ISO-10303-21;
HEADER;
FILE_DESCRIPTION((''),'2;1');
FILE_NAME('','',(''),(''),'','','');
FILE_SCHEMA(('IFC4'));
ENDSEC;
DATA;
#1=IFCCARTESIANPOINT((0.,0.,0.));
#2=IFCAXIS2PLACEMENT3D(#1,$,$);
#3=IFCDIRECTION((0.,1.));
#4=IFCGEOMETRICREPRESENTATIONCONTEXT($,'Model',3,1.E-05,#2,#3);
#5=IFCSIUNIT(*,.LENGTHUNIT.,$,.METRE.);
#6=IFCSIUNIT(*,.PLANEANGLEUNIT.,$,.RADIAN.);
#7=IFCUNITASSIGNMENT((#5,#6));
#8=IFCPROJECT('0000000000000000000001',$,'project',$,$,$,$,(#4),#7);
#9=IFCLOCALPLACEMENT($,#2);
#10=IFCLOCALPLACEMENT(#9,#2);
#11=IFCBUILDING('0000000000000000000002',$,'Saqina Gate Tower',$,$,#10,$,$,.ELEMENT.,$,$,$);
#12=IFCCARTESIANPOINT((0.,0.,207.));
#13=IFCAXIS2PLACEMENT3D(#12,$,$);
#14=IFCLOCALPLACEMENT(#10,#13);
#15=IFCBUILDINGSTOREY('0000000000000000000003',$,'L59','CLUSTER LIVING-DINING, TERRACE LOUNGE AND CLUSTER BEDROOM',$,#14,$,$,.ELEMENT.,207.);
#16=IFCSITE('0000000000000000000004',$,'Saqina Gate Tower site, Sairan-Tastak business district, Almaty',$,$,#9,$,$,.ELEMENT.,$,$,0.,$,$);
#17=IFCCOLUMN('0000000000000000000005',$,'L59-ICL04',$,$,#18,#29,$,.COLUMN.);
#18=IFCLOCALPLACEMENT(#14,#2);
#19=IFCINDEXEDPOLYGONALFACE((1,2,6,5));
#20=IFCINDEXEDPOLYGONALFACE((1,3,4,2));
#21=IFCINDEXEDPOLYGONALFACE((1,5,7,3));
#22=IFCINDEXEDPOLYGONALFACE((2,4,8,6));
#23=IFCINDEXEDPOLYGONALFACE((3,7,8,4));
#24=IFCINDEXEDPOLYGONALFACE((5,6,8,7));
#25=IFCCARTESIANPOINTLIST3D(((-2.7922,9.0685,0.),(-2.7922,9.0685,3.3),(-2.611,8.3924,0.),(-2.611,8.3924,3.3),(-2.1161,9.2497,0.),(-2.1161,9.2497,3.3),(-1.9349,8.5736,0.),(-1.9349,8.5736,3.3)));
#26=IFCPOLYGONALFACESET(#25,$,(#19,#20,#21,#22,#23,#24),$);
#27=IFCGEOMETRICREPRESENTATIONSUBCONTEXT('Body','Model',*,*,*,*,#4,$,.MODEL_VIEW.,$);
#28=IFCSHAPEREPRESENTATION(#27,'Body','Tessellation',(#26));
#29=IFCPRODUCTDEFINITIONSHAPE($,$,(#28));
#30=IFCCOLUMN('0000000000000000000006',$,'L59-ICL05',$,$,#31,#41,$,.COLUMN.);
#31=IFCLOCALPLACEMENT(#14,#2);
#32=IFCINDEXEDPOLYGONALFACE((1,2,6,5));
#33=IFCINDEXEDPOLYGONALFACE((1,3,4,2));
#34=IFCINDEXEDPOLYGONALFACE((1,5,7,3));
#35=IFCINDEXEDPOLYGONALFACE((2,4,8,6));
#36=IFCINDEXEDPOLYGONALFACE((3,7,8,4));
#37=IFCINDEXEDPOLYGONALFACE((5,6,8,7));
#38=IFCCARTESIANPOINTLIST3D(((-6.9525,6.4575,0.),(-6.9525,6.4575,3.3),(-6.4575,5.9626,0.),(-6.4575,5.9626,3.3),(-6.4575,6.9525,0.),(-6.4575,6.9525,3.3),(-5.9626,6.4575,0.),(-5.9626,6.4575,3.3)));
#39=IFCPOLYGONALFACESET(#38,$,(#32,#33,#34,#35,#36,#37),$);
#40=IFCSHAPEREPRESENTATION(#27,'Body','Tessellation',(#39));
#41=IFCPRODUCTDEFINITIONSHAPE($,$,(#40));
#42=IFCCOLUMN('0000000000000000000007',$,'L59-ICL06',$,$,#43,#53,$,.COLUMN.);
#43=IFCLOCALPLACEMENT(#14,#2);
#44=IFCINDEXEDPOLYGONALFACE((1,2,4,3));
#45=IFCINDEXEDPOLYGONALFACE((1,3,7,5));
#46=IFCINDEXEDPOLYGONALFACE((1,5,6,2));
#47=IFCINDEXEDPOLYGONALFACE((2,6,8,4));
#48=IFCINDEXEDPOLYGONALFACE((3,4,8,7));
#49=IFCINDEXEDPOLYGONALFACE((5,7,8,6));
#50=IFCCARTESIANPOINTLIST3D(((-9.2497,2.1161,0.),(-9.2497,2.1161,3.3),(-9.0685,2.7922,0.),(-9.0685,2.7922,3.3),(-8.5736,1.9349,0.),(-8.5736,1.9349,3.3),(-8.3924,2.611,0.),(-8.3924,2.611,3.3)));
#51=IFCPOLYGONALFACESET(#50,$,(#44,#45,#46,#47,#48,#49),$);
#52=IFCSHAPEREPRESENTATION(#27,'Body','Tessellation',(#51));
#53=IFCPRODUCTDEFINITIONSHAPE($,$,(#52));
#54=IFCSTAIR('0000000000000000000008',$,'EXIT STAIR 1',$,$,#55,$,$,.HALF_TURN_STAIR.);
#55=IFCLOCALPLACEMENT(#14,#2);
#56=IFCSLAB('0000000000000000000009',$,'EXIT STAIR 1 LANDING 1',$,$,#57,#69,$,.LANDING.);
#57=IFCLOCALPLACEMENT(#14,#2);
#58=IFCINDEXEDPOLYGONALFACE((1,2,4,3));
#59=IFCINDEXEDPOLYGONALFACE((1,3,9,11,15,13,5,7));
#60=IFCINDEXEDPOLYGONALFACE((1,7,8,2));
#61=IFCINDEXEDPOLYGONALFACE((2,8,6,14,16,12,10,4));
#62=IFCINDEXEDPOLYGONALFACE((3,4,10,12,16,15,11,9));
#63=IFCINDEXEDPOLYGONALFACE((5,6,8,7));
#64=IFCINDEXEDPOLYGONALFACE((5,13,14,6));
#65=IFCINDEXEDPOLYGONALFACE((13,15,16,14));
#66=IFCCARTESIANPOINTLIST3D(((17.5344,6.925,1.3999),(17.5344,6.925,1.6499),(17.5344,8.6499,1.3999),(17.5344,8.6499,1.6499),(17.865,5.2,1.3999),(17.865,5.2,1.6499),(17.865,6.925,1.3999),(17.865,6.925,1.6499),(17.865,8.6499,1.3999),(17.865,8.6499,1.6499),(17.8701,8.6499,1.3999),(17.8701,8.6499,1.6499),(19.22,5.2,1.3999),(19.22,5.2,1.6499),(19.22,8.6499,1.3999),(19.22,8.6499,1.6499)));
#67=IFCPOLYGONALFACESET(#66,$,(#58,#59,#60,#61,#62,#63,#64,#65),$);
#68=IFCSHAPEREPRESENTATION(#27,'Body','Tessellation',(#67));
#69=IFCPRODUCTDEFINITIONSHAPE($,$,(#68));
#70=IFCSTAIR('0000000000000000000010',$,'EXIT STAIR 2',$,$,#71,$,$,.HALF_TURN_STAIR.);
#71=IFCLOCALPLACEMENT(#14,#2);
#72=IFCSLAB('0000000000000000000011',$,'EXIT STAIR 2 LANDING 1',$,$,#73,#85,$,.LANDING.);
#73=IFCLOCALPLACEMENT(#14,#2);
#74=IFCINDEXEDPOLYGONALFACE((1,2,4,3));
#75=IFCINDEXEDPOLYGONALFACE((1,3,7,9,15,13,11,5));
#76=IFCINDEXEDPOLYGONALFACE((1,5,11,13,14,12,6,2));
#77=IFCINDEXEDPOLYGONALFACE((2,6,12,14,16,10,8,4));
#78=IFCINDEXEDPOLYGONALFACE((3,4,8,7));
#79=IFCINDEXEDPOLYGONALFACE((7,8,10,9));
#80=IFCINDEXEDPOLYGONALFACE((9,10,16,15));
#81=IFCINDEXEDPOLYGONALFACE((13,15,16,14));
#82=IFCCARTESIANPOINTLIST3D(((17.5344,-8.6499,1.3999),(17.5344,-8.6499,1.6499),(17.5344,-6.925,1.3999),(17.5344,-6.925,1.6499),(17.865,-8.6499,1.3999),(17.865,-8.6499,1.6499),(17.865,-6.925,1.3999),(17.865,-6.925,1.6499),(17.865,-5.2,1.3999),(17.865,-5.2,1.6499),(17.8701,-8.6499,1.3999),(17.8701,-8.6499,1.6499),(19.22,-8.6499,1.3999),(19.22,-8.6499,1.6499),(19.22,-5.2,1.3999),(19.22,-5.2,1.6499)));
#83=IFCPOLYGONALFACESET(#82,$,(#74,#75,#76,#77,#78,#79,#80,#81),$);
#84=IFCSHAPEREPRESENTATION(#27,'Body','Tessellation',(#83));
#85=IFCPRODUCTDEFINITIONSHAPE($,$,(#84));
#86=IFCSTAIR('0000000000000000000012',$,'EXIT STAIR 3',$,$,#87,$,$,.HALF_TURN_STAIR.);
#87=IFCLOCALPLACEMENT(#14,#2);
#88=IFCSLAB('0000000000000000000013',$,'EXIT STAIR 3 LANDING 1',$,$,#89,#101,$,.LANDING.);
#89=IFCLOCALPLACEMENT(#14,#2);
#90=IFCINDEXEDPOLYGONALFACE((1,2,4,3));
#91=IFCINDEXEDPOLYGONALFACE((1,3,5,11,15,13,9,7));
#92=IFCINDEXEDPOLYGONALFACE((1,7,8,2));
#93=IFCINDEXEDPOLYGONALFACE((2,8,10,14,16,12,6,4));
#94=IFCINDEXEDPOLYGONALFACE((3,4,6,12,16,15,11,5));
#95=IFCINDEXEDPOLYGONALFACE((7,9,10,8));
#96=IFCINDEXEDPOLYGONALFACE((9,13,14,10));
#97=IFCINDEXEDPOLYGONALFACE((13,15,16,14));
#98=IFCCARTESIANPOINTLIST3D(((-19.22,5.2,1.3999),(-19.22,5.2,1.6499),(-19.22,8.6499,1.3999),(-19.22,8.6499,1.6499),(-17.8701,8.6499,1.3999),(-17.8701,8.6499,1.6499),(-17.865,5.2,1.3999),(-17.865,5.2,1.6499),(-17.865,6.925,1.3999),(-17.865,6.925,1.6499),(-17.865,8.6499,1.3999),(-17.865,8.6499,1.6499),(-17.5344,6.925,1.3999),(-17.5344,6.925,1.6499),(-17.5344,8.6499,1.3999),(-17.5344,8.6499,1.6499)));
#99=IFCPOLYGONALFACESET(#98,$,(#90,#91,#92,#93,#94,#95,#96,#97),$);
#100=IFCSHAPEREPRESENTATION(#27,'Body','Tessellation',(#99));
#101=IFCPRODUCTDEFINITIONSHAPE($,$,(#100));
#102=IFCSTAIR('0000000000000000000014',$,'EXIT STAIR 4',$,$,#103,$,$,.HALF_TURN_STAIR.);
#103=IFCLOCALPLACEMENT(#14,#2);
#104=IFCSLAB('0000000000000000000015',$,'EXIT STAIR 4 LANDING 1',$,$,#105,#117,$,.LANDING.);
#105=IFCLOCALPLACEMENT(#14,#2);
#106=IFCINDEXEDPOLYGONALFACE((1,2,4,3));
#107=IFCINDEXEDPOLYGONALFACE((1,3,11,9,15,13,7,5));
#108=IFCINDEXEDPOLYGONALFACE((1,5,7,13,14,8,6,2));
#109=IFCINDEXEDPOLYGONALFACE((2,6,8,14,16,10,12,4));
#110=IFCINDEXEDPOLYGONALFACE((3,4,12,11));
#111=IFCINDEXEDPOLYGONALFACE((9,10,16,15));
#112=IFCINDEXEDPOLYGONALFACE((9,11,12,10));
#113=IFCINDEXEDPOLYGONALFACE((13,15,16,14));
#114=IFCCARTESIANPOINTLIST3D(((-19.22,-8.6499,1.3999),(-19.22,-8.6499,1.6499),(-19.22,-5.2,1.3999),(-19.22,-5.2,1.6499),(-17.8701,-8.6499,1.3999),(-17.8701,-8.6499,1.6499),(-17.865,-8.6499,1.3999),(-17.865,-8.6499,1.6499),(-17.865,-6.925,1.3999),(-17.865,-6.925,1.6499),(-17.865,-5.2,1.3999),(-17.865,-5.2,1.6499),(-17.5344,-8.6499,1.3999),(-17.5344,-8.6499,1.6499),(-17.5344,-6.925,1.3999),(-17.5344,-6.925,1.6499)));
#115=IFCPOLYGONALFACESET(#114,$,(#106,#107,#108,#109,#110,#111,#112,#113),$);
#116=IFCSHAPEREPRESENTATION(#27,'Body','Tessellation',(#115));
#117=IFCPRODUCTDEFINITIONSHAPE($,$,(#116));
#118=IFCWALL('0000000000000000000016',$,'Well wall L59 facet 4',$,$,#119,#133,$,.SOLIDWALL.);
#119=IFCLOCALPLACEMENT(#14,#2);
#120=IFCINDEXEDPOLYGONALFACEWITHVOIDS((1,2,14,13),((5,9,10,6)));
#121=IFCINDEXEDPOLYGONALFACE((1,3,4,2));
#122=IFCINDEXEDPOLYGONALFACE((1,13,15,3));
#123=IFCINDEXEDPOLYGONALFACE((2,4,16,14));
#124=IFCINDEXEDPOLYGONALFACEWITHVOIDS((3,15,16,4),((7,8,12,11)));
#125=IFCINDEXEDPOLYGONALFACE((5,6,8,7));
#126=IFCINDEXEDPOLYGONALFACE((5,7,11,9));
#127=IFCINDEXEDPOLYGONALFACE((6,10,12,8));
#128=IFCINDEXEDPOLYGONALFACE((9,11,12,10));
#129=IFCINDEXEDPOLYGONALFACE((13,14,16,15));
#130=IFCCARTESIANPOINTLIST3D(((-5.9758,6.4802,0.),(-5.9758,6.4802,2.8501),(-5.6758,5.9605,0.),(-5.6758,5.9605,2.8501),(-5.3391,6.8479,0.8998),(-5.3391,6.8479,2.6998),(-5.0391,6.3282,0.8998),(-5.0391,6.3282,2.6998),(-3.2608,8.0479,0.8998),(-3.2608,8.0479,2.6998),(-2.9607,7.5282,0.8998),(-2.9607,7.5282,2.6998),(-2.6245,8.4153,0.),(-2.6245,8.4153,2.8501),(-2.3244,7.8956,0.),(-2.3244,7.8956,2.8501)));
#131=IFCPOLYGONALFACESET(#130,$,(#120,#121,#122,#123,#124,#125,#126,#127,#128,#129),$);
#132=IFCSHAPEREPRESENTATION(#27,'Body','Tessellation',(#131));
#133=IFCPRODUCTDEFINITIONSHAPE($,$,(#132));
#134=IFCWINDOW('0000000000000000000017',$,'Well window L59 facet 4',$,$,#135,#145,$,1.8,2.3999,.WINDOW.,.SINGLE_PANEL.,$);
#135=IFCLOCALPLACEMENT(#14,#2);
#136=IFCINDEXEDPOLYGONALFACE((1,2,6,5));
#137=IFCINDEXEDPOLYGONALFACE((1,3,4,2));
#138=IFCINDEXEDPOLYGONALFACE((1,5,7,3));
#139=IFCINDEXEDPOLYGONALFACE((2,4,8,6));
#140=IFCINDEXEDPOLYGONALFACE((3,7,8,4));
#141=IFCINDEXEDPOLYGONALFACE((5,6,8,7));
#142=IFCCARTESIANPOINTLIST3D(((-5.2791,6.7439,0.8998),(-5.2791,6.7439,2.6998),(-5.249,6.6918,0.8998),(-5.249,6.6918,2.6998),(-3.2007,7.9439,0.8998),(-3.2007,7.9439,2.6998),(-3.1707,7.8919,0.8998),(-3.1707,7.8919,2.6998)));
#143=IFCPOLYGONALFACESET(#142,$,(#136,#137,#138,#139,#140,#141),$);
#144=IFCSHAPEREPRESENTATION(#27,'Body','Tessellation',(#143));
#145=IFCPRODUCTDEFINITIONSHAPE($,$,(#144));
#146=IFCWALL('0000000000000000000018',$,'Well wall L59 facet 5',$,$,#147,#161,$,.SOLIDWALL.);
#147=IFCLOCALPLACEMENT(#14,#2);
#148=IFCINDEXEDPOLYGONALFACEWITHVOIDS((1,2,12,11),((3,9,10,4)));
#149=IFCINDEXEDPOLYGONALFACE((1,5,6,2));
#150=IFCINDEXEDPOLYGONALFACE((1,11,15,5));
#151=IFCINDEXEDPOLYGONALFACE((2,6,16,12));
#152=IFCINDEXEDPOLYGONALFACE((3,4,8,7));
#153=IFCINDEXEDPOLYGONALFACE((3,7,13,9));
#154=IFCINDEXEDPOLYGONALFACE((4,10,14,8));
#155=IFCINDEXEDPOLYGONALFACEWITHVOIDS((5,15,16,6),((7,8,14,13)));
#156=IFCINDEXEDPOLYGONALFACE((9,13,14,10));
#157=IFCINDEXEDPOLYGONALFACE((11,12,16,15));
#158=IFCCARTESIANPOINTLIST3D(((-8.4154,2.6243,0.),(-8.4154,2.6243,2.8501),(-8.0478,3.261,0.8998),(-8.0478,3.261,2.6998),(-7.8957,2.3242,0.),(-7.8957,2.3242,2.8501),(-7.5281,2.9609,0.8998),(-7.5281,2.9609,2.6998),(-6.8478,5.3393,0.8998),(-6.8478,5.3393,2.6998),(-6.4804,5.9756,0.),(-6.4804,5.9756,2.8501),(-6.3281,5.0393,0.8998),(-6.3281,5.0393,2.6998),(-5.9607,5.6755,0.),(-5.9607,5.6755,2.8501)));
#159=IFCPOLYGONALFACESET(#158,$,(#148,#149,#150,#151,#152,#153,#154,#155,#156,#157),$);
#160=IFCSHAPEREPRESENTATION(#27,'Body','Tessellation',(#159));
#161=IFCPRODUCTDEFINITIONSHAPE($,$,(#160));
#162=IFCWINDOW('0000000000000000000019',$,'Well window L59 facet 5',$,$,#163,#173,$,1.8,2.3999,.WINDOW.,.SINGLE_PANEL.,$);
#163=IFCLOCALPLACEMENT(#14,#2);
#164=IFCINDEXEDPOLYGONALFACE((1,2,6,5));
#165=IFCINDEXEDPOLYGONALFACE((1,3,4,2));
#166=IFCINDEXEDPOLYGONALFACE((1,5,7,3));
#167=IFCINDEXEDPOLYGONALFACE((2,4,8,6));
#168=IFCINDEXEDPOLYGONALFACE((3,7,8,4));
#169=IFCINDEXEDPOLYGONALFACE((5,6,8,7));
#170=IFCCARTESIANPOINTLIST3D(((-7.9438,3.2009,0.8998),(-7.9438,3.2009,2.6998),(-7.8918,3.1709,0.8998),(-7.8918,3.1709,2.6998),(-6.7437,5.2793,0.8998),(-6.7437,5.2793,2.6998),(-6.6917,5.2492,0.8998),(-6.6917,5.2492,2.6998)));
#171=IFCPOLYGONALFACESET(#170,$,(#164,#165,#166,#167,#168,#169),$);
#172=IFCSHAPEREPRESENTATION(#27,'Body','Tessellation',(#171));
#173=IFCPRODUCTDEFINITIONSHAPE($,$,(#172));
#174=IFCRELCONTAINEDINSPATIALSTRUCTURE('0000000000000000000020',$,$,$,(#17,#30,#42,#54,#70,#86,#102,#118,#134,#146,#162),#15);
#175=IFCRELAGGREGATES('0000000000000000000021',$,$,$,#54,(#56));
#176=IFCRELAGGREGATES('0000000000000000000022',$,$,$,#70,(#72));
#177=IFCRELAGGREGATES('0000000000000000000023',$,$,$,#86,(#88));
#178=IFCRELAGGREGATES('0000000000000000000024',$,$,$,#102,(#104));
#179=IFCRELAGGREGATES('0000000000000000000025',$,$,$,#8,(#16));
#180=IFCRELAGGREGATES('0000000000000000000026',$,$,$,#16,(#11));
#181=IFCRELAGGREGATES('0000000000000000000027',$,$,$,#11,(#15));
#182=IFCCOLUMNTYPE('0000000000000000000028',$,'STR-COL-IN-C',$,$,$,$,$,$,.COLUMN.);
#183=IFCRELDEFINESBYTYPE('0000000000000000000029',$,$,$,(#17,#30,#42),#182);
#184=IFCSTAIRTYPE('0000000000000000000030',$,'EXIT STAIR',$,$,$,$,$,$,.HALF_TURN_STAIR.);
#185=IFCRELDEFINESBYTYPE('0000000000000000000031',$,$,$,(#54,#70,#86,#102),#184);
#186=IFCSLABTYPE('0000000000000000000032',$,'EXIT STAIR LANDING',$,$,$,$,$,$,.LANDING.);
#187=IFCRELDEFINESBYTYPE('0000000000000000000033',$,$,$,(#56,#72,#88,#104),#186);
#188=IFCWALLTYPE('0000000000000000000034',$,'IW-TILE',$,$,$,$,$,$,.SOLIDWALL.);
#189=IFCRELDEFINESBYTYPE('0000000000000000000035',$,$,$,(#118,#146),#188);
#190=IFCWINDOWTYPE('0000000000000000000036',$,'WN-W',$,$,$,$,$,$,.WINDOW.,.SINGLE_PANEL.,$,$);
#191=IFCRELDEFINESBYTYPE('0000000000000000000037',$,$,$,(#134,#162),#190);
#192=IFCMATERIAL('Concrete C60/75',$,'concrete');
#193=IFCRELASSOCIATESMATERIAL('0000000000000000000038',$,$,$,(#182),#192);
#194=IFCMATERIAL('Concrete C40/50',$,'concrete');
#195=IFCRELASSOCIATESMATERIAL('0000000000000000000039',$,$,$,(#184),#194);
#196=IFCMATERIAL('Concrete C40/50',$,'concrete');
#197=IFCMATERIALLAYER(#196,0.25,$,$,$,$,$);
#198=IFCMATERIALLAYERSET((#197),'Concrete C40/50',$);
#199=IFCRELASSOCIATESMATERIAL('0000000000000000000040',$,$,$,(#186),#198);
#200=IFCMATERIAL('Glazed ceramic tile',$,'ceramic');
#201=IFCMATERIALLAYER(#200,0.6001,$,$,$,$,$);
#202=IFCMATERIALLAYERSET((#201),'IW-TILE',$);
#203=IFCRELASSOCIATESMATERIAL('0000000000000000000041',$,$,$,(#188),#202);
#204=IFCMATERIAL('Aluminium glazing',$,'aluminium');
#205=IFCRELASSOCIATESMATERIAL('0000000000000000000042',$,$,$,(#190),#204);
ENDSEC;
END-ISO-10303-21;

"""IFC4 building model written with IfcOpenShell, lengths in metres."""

from ifc_helpers import new_model, si_unit, direction, frame, frame_2d, origin, origin_2d, place, context, subcontext, project, spatial, polyline, rectangle, outline, extrude, material, layer, layer_set, material_profile, profile_set, type_object, element, fill, aggregate, save


model = new_model("IFC4")

# Units and contexts
model_context = context("Model", 3, precision=1e-05, world=origin(), true_north=direction((0.0, 1.0)))
body_context = subcontext(model_context, "Body", "Model", "MODEL_VIEW")
ifc_project = project(units=[si_unit("LENGTHUNIT", "METRE"), si_unit("PLANEANGLEUNIT", "RADIAN")], contexts=[model_context])

# Site, building, storey
site_placement = place(None, origin())
site = spatial("IfcSite", under=ifc_project, at=site_placement, Name="Saqina Gate Tower site, Sairan-Tastak business district, Almaty", CompositionType="ELEMENT", RefElevation=0.0)
building_placement = place(site_placement, origin())
building = spatial("IfcBuilding", under=site, at=building_placement, Name="Saqina Gate Tower", CompositionType="ELEMENT")
storey_placement = place(building_placement, frame((0.0, 0.0, 207.0)))
storey = spatial("IfcBuildingStorey", under=building, at=storey_placement, Name="L59", Description="CLUSTER LIVING-DINING, TERRACE LOUNGE AND CLUSTER BEDROOM", CompositionType="ELEMENT", Elevation=207.0)

# Columns
ifc_material_1 = material(Name="Concrete C60/75", Category="concrete")
ifc_material_profile = material_profile(ifc_material_1, rectangle(XDim=0.7, YDim=0.7, at=origin_2d()), Name="RC 700x700")
ifc_profile_set = profile_set([ifc_material_profile], Name="Concrete C60/75")
column_type = type_object("IfcColumnType", Name="STR-COL-IN-C", PredefinedType="COLUMN", material=ifc_profile_set)
for number, where, z_axis, x_axis, name in (
    (1, (-2.3635, 8.821, 0.0), (0.0, 0.0, 1.0), (-0.258819, 0.965926, 0.0), "L59-ICL04"),
    (2, (-6.4575, 6.4575, 0.0), (0.0, 0.0, 1.0), (-0.707107, 0.707107, 0.0), "L59-ICL05"),
    (3, (-8.821, 2.3635, 0.0), (0.0, 0.0, 1.0), (-0.965926, 0.258819, 0.0), "L59-ICL06"),
):
    element("IfcColumn", number, at=place(storey_placement, frame(where, z_axis=z_axis, x_axis=x_axis)), inside=storey, type_object=column_type, Name=name, PredefinedType="COLUMN", context=body_context, shape_type="SweptSolid", body=[
        extrude(rectangle(XDim=0.7, YDim=0.7, at=origin_2d()), origin(), (0.0, 0.0, 1.0), 3.3),
    ])

# Stairs, slabs
ifc_material_2 = material(Name="Concrete C40/50", Category="concrete")
stair_type = type_object("IfcStairType", Name="EXIT STAIR", PredefinedType="HALF_TURN_STAIR", material=ifc_material_2)
stair_1_placement = place(storey_placement, origin())
stair_1 = element("IfcStair", 4, at=stair_1_placement, inside=storey, type_object=stair_type, Name="EXIT STAIR 1", PredefinedType="HALF_TURN_STAIR")
ifc_material_3 = material(Name="Concrete C40/50", Category="concrete")
ifc_layer_1 = layer(ifc_material_3, 0.25)
ifc_layer_set_1 = layer_set([ifc_layer_1], Name="Concrete C40/50")
slab_type = type_object("IfcSlabType", Name="EXIT STAIR LANDING", PredefinedType="LANDING", material=ifc_layer_set_1)
slab_1_placement = place(storey_placement, frame((0.0, 0.0, 1.3999)))
slab_1 = element("IfcSlab", 5, at=slab_1_placement, type_object=slab_type, Name="EXIT STAIR 1 LANDING 1", PredefinedType="LANDING", context=body_context, shape_type="SweptSolid", body=[
    extrude(outline(polyline([(19.22, 8.6499), (19.22, 5.2), (17.865, 5.2), (17.865, 6.925), (17.5344, 6.925), (17.5344, 8.6499), (17.865, 8.6499), (17.8701, 8.6499), (19.22, 8.6499)])), origin(), (0.0, 0.0, 1.0), 0.25),
])
aggregate(stair_1, [slab_1])
stair_2_placement = place(storey_placement, origin())
stair_2 = element("IfcStair", 6, at=stair_2_placement, inside=storey, type_object=stair_type, Name="EXIT STAIR 2", PredefinedType="HALF_TURN_STAIR")
slab_2_placement = place(storey_placement, frame((0.0, 0.0, 1.3999)))
slab_2 = element("IfcSlab", 7, at=slab_2_placement, type_object=slab_type, Name="EXIT STAIR 2 LANDING 1", PredefinedType="LANDING", context=body_context, shape_type="SweptSolid", body=[
    extrude(outline(polyline([(17.5344, -8.6499), (17.5344, -6.925), (17.865, -6.925), (17.865, -5.2), (19.22, -5.2), (19.22, -8.6499), (17.8701, -8.6499), (17.865, -8.6499), (17.5344, -8.6499)])), origin(), (0.0, 0.0, 1.0), 0.25),
])
aggregate(stair_2, [slab_2])
stair_3_placement = place(storey_placement, origin())
stair_3 = element("IfcStair", 8, at=stair_3_placement, inside=storey, type_object=stair_type, Name="EXIT STAIR 3", PredefinedType="HALF_TURN_STAIR")
slab_3_placement = place(storey_placement, frame((0.0, 0.0, 1.3999)))
slab_3 = element("IfcSlab", 9, at=slab_3_placement, type_object=slab_type, Name="EXIT STAIR 3 LANDING 1", PredefinedType="LANDING", context=body_context, shape_type="SweptSolid", body=[
    extrude(outline(polyline([(-17.865, 5.2), (-19.22, 5.2), (-19.22, 8.6499), (-17.8701, 8.6499), (-17.865, 8.6499), (-17.5344, 8.6499), (-17.5344, 6.925), (-17.865, 6.925), (-17.865, 5.2)])), origin(), (0.0, 0.0, 1.0), 0.25),
])
aggregate(stair_3, [slab_3])
stair_4_placement = place(storey_placement, origin())
stair_4 = element("IfcStair", 10, at=stair_4_placement, inside=storey, type_object=stair_type, Name="EXIT STAIR 4", PredefinedType="HALF_TURN_STAIR")
slab_4_placement = place(storey_placement, frame((0.0, 0.0, 1.3999)))
slab_4 = element("IfcSlab", 11, at=slab_4_placement, type_object=slab_type, Name="EXIT STAIR 4 LANDING 1", PredefinedType="LANDING", context=body_context, shape_type="SweptSolid", body=[
    extrude(outline(polyline([(-17.5344, -6.925), (-17.5344, -8.6499), (-17.865, -8.6499), (-17.8701, -8.6499), (-19.22, -8.6499), (-19.22, -5.2), (-17.865, -5.2), (-17.865, -6.925), (-17.5344, -6.925)])), origin(), (0.0, 0.0, 1.0), 0.25),
])
aggregate(stair_4, [slab_4])

# Walls, openings, windows
ifc_material_4 = material(Name="Glazed ceramic tile", Category="ceramic")
ifc_layer_2 = layer(ifc_material_4, 0.6001)
ifc_layer_set_2 = layer_set([ifc_layer_2], Name="IW-TILE")
wall_type_1 = type_object("IfcWallType", Name="IW-TILE", PredefinedType="SOLIDWALL", material=ifc_layer_set_2)
wall_1_placement = place(storey_placement, frame((-2.4744, 8.1555, 0.0), z_axis=(0.0, 0.0, 1.0), x_axis=(-0.866006, -0.500034, 0.0)))
wall_1 = element("IfcWall", 12, at=wall_1_placement, inside=storey, type_object=wall_type_1, Name="Well wall L59 facet 4", PredefinedType="SOLIDWALL", context=body_context, shape_type="SweptSolid", body=[
    extrude(rectangle(XDim=3.8699, YDim=0.6001, at=frame_2d((1.9351, 0.0))), origin(), (0.0, 0.0, 1.0), 2.8501),
])
opening_1_placement = place(wall_1_placement, frame((0.7349, 0.0, 0.8999)))
opening_1 = element("IfcOpeningElement", 13, at=opening_1_placement, cuts=wall_1, PredefinedType="OPENING", context=body_context, shape_type="SweptSolid", body=[
    extrude(rectangle(XDim=2.3999, YDim=1.8, at=frame_2d((1.2, 0.8999))), frame((0.0, 0.312, 0.0), z_axis=(0.0, -1.0, 0.0), x_axis=(1.0, 0.0, 0.0)), (0.0, 0.0, 1.0), 0.624),
])
ifc_material_5 = material(Name="Aluminium glazing", Category="aluminium")
window_type = type_object("IfcWindowType", Name="WN-W", PartitioningType="SINGLE_PANEL", PredefinedType="WINDOW", material=ifc_material_5)
window_1_placement = place(opening_1_placement, origin())
window_1 = element("IfcWindow", 14, at=window_1_placement, inside=storey, type_object=window_type, Name="Well window L59 facet 4", OverallHeight=1.8, OverallWidth=2.3999, PartitioningType="SINGLE_PANEL", PredefinedType="WINDOW", context=body_context, shape_type="SweptSolid", body=[
    extrude(rectangle(XDim=2.3999, YDim=1.8, at=frame_2d((1.2, 0.8999))), frame((0.0, -0.1199, 0.0), z_axis=(0.0, -1.0, 0.0), x_axis=(1.0, 0.0, 0.0)), (0.0, 0.0, 1.0), 0.0601),
])
fill(opening_1, window_1)
wall_2_placement = place(storey_placement, frame((-6.2205, 5.8257, 0.0), z_axis=(0.0, 0.0, 1.0), x_axis=(-0.500034, -0.866006, 0.0)))
wall_2 = element("IfcWall", 15, at=wall_2_placement, inside=storey, type_object=wall_type_1, Name="Well wall L59 facet 5", PredefinedType="SOLIDWALL", context=body_context, shape_type="SweptSolid", body=[
    extrude(rectangle(XDim=3.8699, YDim=0.6001, at=frame_2d((1.9351, 0.0))), origin(), (0.0, 0.0, 1.0), 2.8501),
])
opening_2_placement = place(wall_2_placement, frame((0.7349, 0.0, 0.8999)))
opening_2 = element("IfcOpeningElement", 16, at=opening_2_placement, cuts=wall_2, PredefinedType="OPENING", context=body_context, shape_type="SweptSolid", body=[
    extrude(rectangle(XDim=2.3999, YDim=1.8, at=frame_2d((1.2, 0.8999))), frame((0.0, 0.312, 0.0), z_axis=(0.0, -1.0, 0.0), x_axis=(1.0, 0.0, 0.0)), (0.0, 0.0, 1.0), 0.624),
])
window_2_placement = place(opening_2_placement, origin())
window_2 = element("IfcWindow", 17, at=window_2_placement, inside=storey, type_object=window_type, Name="Well window L59 facet 5", OverallHeight=1.8, OverallWidth=2.3999, PartitioningType="SINGLE_PANEL", PredefinedType="WINDOW", context=body_context, shape_type="SweptSolid", body=[
    extrude(rectangle(XDim=2.3999, YDim=1.8, at=frame_2d((1.2, 0.8999))), frame((0.0, -0.1199, 0.0), z_axis=(0.0, -1.0, 0.0), x_axis=(1.0, 0.0, 0.0)), (0.0, 0.0, 1.0), 0.0601),
])
fill(opening_2, window_2)

save(model, "model.ifc")
